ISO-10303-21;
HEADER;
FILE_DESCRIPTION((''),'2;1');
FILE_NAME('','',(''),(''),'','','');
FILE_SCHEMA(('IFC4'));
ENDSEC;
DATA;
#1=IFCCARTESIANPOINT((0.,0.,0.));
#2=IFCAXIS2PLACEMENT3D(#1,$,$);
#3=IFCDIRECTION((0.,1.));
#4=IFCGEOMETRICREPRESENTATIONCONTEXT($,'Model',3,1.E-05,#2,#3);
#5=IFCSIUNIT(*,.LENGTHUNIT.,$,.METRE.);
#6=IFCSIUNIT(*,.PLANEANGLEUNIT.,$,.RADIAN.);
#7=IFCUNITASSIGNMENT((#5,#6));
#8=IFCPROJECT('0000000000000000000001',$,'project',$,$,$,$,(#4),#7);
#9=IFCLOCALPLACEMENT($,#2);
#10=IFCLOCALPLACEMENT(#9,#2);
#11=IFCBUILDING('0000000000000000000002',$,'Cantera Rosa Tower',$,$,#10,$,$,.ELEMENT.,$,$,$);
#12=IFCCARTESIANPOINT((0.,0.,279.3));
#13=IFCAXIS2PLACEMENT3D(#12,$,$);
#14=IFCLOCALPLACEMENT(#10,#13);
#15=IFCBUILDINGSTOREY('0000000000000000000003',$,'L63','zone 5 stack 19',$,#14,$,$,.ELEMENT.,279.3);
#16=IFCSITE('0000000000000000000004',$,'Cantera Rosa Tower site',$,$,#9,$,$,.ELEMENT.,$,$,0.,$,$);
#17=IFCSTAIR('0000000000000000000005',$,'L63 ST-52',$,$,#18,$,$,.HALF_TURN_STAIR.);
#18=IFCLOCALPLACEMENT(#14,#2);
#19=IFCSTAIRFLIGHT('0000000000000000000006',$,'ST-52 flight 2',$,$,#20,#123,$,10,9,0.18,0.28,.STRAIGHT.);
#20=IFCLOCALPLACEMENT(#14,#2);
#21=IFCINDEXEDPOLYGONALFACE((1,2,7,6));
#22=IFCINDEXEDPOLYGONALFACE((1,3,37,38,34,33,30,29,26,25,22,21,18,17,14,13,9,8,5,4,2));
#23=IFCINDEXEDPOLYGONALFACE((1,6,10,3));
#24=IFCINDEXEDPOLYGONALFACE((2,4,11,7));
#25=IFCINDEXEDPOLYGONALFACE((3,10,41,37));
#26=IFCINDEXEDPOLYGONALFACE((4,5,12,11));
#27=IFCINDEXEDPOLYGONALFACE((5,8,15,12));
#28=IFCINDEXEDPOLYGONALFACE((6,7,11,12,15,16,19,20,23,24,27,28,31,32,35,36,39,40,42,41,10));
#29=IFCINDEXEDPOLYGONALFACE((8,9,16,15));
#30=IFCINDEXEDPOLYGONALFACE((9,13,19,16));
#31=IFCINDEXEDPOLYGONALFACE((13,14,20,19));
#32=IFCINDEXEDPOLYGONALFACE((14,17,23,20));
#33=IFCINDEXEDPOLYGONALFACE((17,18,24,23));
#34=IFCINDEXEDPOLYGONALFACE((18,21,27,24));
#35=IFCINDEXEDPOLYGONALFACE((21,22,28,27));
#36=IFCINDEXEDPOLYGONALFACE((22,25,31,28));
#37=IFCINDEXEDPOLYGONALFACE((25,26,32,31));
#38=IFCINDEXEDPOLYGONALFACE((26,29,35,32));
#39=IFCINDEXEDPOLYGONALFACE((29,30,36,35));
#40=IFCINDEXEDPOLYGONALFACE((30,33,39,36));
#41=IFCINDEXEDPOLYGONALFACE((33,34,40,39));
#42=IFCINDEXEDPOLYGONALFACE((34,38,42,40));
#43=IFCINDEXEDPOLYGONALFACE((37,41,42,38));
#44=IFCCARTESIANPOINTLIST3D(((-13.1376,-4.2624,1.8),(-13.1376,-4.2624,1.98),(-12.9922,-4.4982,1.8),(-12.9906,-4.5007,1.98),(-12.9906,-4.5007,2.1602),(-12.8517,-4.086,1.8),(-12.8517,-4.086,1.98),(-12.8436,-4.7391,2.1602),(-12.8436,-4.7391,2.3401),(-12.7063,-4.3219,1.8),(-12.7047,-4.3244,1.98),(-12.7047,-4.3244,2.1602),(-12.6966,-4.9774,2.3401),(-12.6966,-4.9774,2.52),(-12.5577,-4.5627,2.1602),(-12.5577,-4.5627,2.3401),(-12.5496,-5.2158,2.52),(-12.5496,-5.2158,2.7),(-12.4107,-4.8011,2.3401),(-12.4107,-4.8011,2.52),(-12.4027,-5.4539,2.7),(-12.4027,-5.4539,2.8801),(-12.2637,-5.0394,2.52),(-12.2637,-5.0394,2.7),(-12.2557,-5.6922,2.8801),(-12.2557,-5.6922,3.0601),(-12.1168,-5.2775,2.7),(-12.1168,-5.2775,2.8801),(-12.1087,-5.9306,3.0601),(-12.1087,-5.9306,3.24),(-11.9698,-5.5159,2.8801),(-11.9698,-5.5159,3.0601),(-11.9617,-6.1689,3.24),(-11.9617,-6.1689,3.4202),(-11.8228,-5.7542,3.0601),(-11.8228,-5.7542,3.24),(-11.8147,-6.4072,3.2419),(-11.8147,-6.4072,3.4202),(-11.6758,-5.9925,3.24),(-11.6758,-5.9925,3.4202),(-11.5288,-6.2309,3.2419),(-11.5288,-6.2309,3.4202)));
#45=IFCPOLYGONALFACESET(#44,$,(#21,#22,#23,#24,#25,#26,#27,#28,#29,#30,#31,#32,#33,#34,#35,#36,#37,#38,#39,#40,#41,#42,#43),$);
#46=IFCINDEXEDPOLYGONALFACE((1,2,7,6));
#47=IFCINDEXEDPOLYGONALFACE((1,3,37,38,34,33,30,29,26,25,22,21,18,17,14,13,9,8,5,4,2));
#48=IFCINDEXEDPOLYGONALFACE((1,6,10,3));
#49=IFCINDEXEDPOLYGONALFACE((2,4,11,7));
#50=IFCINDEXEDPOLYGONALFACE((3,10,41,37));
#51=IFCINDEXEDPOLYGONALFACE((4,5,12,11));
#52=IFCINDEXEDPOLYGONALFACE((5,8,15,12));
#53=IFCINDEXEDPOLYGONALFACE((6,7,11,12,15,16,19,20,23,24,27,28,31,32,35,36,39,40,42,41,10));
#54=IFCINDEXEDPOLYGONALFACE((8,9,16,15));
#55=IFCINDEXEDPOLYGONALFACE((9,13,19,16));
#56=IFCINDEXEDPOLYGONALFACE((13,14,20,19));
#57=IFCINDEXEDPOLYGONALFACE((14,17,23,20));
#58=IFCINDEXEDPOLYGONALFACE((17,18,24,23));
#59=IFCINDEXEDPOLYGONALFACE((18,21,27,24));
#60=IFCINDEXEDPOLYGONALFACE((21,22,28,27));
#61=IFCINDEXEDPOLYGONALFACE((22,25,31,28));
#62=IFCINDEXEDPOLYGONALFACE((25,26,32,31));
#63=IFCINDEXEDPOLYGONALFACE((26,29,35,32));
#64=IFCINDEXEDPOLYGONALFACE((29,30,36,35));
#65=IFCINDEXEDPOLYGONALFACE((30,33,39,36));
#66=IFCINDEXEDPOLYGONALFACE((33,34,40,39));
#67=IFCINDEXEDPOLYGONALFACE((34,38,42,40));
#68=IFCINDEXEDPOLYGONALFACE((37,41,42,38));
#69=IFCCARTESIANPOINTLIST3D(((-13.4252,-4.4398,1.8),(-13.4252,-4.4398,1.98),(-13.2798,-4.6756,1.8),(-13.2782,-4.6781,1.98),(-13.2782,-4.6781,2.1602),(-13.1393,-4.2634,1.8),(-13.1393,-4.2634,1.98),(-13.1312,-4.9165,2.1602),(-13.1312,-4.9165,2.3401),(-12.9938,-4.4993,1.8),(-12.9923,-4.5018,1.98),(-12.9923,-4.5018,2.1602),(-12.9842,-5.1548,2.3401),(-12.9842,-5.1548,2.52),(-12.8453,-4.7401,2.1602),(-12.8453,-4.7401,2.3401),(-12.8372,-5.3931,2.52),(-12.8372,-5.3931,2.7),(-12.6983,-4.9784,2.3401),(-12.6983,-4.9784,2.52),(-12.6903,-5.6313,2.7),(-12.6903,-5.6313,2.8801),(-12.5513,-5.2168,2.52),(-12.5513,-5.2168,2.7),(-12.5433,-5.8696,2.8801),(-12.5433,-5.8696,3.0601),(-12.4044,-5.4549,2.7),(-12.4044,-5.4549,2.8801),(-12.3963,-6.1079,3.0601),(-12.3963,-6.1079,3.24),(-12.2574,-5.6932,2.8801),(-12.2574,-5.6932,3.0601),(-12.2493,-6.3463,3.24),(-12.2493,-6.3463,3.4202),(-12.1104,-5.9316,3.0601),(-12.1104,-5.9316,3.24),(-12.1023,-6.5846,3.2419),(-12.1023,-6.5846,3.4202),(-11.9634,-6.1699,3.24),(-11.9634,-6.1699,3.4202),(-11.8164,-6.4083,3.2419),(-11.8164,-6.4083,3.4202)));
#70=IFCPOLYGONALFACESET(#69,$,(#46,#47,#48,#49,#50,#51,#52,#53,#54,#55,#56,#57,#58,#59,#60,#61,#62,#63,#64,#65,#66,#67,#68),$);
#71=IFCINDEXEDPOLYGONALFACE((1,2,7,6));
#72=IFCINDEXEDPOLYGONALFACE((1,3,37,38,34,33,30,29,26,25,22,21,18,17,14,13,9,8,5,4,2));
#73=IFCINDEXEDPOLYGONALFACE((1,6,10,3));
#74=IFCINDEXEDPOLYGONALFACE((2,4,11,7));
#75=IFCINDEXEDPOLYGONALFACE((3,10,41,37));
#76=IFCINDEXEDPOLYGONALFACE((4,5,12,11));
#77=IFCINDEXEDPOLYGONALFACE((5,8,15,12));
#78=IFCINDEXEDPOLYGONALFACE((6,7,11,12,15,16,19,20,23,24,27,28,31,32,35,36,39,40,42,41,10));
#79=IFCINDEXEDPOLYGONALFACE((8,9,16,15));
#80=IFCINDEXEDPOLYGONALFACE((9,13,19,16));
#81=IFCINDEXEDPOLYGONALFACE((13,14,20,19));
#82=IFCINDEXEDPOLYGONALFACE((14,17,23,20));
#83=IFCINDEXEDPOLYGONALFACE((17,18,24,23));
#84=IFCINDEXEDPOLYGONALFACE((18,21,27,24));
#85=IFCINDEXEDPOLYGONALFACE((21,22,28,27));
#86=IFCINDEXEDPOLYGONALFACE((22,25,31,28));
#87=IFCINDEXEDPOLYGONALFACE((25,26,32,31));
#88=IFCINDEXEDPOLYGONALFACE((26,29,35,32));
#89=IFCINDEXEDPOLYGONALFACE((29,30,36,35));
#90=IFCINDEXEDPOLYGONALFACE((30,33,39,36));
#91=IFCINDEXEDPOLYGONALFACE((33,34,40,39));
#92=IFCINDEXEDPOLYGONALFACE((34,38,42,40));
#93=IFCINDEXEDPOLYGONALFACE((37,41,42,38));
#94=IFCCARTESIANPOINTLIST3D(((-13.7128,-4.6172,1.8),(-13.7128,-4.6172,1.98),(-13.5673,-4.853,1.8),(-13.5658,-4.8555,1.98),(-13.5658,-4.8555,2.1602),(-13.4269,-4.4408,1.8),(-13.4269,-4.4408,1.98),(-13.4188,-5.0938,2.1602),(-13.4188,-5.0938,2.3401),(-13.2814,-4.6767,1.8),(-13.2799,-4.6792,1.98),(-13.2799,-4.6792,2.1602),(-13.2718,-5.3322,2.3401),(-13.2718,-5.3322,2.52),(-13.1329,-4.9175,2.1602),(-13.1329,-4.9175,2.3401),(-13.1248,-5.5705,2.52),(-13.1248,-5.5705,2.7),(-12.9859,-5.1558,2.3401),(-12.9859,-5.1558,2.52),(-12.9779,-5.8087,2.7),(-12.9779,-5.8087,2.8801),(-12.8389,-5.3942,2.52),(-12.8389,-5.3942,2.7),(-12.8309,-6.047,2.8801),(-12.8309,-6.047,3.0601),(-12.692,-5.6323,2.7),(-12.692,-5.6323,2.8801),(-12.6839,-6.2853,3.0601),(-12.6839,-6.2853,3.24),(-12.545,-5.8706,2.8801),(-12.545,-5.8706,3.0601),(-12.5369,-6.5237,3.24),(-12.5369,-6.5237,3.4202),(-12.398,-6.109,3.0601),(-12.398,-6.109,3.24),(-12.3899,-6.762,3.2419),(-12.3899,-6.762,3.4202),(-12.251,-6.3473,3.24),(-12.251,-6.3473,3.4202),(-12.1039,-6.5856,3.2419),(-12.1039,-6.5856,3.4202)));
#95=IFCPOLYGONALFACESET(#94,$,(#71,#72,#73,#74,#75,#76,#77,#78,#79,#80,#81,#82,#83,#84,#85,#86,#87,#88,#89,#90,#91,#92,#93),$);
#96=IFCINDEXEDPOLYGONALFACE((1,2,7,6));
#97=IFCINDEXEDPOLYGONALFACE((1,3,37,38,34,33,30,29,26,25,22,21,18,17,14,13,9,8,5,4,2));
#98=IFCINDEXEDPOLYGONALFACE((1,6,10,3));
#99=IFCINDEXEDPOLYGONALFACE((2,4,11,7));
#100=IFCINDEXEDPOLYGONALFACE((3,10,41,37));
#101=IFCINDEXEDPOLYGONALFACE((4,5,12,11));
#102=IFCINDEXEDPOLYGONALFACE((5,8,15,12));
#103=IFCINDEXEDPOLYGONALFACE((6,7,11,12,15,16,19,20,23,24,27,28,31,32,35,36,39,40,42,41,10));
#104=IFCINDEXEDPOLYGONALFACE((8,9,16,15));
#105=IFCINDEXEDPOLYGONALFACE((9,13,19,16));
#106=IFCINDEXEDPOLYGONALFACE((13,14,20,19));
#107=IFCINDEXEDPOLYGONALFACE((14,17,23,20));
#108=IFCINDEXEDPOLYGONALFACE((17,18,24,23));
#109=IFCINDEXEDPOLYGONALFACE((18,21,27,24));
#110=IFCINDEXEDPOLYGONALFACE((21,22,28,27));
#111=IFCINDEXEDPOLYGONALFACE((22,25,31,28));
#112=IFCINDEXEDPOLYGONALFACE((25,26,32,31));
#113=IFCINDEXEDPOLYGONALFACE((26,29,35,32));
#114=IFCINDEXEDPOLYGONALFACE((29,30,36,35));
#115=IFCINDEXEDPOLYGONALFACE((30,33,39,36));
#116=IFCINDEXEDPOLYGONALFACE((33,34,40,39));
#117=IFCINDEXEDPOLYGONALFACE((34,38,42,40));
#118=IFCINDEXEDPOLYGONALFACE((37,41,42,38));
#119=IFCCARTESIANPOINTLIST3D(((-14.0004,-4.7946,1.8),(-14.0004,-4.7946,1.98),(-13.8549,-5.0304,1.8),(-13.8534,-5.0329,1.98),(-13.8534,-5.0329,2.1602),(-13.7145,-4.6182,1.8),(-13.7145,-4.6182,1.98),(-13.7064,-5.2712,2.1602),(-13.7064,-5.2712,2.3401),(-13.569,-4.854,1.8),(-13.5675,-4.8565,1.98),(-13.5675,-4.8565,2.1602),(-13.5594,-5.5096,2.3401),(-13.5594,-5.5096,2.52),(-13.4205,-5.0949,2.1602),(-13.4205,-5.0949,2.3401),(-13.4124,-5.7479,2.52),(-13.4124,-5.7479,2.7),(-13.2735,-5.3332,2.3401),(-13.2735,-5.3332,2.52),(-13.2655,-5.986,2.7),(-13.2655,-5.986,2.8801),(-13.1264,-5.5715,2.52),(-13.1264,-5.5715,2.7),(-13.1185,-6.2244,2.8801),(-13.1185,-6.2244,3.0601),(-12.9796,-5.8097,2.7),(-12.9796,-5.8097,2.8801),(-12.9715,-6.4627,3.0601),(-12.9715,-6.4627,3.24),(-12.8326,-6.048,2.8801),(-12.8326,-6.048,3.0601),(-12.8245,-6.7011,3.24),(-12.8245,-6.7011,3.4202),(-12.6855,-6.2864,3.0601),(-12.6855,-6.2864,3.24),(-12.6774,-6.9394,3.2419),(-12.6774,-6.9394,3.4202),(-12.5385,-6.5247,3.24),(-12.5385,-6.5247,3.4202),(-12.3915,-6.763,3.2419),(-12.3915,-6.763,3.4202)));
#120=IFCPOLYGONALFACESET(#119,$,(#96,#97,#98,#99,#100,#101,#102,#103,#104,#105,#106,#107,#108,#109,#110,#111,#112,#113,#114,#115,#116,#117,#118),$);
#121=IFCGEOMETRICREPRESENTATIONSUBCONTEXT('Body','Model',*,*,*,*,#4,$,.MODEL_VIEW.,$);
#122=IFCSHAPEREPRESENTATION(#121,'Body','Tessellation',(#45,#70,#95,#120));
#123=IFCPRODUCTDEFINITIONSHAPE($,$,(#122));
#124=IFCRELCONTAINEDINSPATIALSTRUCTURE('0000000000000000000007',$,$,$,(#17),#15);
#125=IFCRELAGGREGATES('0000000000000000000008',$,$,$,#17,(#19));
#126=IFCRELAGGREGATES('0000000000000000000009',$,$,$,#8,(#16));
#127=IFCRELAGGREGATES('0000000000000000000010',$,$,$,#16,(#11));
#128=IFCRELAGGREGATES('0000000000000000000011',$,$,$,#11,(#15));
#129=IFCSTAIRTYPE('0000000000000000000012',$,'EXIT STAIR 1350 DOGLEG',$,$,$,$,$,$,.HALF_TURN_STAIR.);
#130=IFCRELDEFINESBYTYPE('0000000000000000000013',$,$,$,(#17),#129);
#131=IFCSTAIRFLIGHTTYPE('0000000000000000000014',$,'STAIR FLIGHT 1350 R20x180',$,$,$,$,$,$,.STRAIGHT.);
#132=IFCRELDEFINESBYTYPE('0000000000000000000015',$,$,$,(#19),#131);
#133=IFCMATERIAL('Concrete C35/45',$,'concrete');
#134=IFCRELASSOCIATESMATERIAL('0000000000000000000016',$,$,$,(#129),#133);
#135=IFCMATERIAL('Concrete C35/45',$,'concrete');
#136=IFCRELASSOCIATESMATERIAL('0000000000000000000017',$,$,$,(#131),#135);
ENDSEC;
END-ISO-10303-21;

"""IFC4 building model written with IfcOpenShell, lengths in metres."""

from ifc_helpers import new_model, si_unit, direction, frame, origin, place, context, subcontext, project, spatial, polyline, outline, extrude, material, type_object, element, aggregate, save


model = new_model("IFC4")

# Units and contexts
model_context = context("Model", 3, precision=1e-05, world=origin(), true_north=direction((0.0, 1.0)))
body_context = subcontext(model_context, "Body", "Model", "MODEL_VIEW")
ifc_project = project(units=[si_unit("LENGTHUNIT", "METRE"), si_unit("PLANEANGLEUNIT", "RADIAN")], contexts=[model_context])

# Site, building, storey
site_placement = place(None, origin())
site = spatial("IfcSite", under=ifc_project, at=site_placement, Name="Cantera Rosa Tower site", CompositionType="ELEMENT", RefElevation=0.0)
building_placement = place(site_placement, origin())
building = spatial("IfcBuilding", under=site, at=building_placement, Name="Cantera Rosa Tower", CompositionType="ELEMENT")
storey_placement = place(building_placement, frame((0.0, 0.0, 279.3)))
storey = spatial("IfcBuildingStorey", under=building, at=storey_placement, Name="L63", Description="zone 5 stack 19", CompositionType="ELEMENT", Elevation=279.3)

# Stair, stair flight
ifc_material_1 = material(Name="Concrete C35/45", Category="concrete")
stair_type = type_object("IfcStairType", Name="EXIT STAIR 1350 DOGLEG", PredefinedType="HALF_TURN_STAIR", material=ifc_material_1)
stair_placement = place(storey_placement, origin())
stair = element("IfcStair", 1, at=stair_placement, inside=storey, type_object=stair_type, Name="L63 ST-52", PredefinedType="HALF_TURN_STAIR")
ifc_material_2 = material(Name="Concrete C35/45", Category="concrete")
stair_flight_type = type_object("IfcStairFlightType", Name="STAIR FLIGHT 1350 R20x180", PredefinedType="STRAIGHT", material=ifc_material_2)
stair_flight_1_placement = place(storey_placement, frame((-13.4263, -4.4404, 1.8), z_axis=(0.0, 0.0, 1.0), x_axis=(0.524977, -0.851117, 0.0)))
stair_flight_1 = element("IfcStairFlight", 2, at=stair_flight_1_placement, type_object=stair_flight_type, Name="ST-52 flight 2", NumberOfRisers=10, NumberOfTreads=9, PredefinedType="STRAIGHT", RiserHeight=0.18, TreadLength=0.28, context=body_context, shape_type="SweptSolid", body=[
    extrude(outline(polyline([(0.0, 0.0), (0.0, 0.1799), (0.28, 0.1799), (0.28, 0.3601), (0.5601, 0.3601), (0.5601, 0.54), (0.8401, 0.54), (0.8401, 0.72), (1.1201, 0.72), (1.1201, 0.8999), (1.3999, 0.8999), (1.3999, 1.0801), (1.6799, 1.0801), (1.6799, 1.26), (1.96, 1.26), (1.96, 1.4399), (2.24, 1.4399), (2.24, 1.6201), (2.52, 1.6201), (2.52, 1.8), (2.52, 1.4419), (0.2771, 0.0), (0.0, 0.0)])), frame((0.0, 0.675, 0.0), z_axis=(0.0, -1.0, 0.0), x_axis=(1.0, 0.0, 0.0)), (0.0, 0.0, 1.0), 0.3359),
    extrude(outline(polyline([(0.0, 0.0), (0.0, 0.1799), (0.28, 0.1799), (0.28, 0.3601), (0.5601, 0.3601), (0.5601, 0.54), (0.8401, 0.54), (0.8401, 0.72), (1.1201, 0.72), (1.1201, 0.8999), (1.3999, 0.8999), (1.3999, 1.0801), (1.6799, 1.0801), (1.6799, 1.26), (1.96, 1.26), (1.96, 1.4399), (2.24, 1.4399), (2.24, 1.6201), (2.52, 1.6201), (2.52, 1.8), (2.52, 1.4419), (0.2771, 0.0), (0.0, 0.0)])), frame((0.0, 0.3372, 0.0), z_axis=(0.0, -1.0, 0.0), x_axis=(1.0, 0.0, 0.0)), (0.0, 0.0, 1.0), 0.3359),
    extrude(outline(polyline([(0.0, 0.0), (0.0, 0.1799), (0.28, 0.1799), (0.28, 0.3601), (0.5601, 0.3601), (0.5601, 0.54), (0.8401, 0.54), (0.8401, 0.72), (1.1201, 0.72), (1.1201, 0.8999), (1.3999, 0.8999), (1.3999, 1.0801), (1.6799, 1.0801), (1.6799, 1.26), (1.96, 1.26), (1.96, 1.4399), (2.24, 1.4399), (2.24, 1.6201), (2.52, 1.6201), (2.52, 1.8), (2.52, 1.4419), (0.2771, 0.0), (0.0, 0.0)])), frame((0.0, -0.0007, 0.0), z_axis=(0.0, -1.0, 0.0), x_axis=(1.0, 0.0, 0.0)), (0.0, 0.0, 1.0), 0.3359),
    extrude(outline(polyline([(0.0, 0.0), (0.0, 0.1799), (0.28, 0.1799), (0.28, 0.3601), (0.5601, 0.3601), (0.5601, 0.54), (0.8401, 0.54), (0.8401, 0.72), (1.1201, 0.72), (1.1201, 0.8999), (1.3999, 0.8999), (1.3999, 1.0801), (1.6799, 1.0801), (1.6799, 1.26), (1.96, 1.26), (1.96, 1.4399), (2.24, 1.4399), (2.24, 1.6201), (2.52, 1.6201), (2.52, 1.8), (2.52, 1.4419), (0.2771, 0.0), (0.0, 0.0)])), frame((0.0, -0.3386, 0.0), z_axis=(0.0, -1.0, 0.0), x_axis=(1.0, 0.0, 0.0)), (0.0, 0.0, 1.0), 0.3359),
])
aggregate(stair, [stair_flight_1])

save(model, "model.ifc")
